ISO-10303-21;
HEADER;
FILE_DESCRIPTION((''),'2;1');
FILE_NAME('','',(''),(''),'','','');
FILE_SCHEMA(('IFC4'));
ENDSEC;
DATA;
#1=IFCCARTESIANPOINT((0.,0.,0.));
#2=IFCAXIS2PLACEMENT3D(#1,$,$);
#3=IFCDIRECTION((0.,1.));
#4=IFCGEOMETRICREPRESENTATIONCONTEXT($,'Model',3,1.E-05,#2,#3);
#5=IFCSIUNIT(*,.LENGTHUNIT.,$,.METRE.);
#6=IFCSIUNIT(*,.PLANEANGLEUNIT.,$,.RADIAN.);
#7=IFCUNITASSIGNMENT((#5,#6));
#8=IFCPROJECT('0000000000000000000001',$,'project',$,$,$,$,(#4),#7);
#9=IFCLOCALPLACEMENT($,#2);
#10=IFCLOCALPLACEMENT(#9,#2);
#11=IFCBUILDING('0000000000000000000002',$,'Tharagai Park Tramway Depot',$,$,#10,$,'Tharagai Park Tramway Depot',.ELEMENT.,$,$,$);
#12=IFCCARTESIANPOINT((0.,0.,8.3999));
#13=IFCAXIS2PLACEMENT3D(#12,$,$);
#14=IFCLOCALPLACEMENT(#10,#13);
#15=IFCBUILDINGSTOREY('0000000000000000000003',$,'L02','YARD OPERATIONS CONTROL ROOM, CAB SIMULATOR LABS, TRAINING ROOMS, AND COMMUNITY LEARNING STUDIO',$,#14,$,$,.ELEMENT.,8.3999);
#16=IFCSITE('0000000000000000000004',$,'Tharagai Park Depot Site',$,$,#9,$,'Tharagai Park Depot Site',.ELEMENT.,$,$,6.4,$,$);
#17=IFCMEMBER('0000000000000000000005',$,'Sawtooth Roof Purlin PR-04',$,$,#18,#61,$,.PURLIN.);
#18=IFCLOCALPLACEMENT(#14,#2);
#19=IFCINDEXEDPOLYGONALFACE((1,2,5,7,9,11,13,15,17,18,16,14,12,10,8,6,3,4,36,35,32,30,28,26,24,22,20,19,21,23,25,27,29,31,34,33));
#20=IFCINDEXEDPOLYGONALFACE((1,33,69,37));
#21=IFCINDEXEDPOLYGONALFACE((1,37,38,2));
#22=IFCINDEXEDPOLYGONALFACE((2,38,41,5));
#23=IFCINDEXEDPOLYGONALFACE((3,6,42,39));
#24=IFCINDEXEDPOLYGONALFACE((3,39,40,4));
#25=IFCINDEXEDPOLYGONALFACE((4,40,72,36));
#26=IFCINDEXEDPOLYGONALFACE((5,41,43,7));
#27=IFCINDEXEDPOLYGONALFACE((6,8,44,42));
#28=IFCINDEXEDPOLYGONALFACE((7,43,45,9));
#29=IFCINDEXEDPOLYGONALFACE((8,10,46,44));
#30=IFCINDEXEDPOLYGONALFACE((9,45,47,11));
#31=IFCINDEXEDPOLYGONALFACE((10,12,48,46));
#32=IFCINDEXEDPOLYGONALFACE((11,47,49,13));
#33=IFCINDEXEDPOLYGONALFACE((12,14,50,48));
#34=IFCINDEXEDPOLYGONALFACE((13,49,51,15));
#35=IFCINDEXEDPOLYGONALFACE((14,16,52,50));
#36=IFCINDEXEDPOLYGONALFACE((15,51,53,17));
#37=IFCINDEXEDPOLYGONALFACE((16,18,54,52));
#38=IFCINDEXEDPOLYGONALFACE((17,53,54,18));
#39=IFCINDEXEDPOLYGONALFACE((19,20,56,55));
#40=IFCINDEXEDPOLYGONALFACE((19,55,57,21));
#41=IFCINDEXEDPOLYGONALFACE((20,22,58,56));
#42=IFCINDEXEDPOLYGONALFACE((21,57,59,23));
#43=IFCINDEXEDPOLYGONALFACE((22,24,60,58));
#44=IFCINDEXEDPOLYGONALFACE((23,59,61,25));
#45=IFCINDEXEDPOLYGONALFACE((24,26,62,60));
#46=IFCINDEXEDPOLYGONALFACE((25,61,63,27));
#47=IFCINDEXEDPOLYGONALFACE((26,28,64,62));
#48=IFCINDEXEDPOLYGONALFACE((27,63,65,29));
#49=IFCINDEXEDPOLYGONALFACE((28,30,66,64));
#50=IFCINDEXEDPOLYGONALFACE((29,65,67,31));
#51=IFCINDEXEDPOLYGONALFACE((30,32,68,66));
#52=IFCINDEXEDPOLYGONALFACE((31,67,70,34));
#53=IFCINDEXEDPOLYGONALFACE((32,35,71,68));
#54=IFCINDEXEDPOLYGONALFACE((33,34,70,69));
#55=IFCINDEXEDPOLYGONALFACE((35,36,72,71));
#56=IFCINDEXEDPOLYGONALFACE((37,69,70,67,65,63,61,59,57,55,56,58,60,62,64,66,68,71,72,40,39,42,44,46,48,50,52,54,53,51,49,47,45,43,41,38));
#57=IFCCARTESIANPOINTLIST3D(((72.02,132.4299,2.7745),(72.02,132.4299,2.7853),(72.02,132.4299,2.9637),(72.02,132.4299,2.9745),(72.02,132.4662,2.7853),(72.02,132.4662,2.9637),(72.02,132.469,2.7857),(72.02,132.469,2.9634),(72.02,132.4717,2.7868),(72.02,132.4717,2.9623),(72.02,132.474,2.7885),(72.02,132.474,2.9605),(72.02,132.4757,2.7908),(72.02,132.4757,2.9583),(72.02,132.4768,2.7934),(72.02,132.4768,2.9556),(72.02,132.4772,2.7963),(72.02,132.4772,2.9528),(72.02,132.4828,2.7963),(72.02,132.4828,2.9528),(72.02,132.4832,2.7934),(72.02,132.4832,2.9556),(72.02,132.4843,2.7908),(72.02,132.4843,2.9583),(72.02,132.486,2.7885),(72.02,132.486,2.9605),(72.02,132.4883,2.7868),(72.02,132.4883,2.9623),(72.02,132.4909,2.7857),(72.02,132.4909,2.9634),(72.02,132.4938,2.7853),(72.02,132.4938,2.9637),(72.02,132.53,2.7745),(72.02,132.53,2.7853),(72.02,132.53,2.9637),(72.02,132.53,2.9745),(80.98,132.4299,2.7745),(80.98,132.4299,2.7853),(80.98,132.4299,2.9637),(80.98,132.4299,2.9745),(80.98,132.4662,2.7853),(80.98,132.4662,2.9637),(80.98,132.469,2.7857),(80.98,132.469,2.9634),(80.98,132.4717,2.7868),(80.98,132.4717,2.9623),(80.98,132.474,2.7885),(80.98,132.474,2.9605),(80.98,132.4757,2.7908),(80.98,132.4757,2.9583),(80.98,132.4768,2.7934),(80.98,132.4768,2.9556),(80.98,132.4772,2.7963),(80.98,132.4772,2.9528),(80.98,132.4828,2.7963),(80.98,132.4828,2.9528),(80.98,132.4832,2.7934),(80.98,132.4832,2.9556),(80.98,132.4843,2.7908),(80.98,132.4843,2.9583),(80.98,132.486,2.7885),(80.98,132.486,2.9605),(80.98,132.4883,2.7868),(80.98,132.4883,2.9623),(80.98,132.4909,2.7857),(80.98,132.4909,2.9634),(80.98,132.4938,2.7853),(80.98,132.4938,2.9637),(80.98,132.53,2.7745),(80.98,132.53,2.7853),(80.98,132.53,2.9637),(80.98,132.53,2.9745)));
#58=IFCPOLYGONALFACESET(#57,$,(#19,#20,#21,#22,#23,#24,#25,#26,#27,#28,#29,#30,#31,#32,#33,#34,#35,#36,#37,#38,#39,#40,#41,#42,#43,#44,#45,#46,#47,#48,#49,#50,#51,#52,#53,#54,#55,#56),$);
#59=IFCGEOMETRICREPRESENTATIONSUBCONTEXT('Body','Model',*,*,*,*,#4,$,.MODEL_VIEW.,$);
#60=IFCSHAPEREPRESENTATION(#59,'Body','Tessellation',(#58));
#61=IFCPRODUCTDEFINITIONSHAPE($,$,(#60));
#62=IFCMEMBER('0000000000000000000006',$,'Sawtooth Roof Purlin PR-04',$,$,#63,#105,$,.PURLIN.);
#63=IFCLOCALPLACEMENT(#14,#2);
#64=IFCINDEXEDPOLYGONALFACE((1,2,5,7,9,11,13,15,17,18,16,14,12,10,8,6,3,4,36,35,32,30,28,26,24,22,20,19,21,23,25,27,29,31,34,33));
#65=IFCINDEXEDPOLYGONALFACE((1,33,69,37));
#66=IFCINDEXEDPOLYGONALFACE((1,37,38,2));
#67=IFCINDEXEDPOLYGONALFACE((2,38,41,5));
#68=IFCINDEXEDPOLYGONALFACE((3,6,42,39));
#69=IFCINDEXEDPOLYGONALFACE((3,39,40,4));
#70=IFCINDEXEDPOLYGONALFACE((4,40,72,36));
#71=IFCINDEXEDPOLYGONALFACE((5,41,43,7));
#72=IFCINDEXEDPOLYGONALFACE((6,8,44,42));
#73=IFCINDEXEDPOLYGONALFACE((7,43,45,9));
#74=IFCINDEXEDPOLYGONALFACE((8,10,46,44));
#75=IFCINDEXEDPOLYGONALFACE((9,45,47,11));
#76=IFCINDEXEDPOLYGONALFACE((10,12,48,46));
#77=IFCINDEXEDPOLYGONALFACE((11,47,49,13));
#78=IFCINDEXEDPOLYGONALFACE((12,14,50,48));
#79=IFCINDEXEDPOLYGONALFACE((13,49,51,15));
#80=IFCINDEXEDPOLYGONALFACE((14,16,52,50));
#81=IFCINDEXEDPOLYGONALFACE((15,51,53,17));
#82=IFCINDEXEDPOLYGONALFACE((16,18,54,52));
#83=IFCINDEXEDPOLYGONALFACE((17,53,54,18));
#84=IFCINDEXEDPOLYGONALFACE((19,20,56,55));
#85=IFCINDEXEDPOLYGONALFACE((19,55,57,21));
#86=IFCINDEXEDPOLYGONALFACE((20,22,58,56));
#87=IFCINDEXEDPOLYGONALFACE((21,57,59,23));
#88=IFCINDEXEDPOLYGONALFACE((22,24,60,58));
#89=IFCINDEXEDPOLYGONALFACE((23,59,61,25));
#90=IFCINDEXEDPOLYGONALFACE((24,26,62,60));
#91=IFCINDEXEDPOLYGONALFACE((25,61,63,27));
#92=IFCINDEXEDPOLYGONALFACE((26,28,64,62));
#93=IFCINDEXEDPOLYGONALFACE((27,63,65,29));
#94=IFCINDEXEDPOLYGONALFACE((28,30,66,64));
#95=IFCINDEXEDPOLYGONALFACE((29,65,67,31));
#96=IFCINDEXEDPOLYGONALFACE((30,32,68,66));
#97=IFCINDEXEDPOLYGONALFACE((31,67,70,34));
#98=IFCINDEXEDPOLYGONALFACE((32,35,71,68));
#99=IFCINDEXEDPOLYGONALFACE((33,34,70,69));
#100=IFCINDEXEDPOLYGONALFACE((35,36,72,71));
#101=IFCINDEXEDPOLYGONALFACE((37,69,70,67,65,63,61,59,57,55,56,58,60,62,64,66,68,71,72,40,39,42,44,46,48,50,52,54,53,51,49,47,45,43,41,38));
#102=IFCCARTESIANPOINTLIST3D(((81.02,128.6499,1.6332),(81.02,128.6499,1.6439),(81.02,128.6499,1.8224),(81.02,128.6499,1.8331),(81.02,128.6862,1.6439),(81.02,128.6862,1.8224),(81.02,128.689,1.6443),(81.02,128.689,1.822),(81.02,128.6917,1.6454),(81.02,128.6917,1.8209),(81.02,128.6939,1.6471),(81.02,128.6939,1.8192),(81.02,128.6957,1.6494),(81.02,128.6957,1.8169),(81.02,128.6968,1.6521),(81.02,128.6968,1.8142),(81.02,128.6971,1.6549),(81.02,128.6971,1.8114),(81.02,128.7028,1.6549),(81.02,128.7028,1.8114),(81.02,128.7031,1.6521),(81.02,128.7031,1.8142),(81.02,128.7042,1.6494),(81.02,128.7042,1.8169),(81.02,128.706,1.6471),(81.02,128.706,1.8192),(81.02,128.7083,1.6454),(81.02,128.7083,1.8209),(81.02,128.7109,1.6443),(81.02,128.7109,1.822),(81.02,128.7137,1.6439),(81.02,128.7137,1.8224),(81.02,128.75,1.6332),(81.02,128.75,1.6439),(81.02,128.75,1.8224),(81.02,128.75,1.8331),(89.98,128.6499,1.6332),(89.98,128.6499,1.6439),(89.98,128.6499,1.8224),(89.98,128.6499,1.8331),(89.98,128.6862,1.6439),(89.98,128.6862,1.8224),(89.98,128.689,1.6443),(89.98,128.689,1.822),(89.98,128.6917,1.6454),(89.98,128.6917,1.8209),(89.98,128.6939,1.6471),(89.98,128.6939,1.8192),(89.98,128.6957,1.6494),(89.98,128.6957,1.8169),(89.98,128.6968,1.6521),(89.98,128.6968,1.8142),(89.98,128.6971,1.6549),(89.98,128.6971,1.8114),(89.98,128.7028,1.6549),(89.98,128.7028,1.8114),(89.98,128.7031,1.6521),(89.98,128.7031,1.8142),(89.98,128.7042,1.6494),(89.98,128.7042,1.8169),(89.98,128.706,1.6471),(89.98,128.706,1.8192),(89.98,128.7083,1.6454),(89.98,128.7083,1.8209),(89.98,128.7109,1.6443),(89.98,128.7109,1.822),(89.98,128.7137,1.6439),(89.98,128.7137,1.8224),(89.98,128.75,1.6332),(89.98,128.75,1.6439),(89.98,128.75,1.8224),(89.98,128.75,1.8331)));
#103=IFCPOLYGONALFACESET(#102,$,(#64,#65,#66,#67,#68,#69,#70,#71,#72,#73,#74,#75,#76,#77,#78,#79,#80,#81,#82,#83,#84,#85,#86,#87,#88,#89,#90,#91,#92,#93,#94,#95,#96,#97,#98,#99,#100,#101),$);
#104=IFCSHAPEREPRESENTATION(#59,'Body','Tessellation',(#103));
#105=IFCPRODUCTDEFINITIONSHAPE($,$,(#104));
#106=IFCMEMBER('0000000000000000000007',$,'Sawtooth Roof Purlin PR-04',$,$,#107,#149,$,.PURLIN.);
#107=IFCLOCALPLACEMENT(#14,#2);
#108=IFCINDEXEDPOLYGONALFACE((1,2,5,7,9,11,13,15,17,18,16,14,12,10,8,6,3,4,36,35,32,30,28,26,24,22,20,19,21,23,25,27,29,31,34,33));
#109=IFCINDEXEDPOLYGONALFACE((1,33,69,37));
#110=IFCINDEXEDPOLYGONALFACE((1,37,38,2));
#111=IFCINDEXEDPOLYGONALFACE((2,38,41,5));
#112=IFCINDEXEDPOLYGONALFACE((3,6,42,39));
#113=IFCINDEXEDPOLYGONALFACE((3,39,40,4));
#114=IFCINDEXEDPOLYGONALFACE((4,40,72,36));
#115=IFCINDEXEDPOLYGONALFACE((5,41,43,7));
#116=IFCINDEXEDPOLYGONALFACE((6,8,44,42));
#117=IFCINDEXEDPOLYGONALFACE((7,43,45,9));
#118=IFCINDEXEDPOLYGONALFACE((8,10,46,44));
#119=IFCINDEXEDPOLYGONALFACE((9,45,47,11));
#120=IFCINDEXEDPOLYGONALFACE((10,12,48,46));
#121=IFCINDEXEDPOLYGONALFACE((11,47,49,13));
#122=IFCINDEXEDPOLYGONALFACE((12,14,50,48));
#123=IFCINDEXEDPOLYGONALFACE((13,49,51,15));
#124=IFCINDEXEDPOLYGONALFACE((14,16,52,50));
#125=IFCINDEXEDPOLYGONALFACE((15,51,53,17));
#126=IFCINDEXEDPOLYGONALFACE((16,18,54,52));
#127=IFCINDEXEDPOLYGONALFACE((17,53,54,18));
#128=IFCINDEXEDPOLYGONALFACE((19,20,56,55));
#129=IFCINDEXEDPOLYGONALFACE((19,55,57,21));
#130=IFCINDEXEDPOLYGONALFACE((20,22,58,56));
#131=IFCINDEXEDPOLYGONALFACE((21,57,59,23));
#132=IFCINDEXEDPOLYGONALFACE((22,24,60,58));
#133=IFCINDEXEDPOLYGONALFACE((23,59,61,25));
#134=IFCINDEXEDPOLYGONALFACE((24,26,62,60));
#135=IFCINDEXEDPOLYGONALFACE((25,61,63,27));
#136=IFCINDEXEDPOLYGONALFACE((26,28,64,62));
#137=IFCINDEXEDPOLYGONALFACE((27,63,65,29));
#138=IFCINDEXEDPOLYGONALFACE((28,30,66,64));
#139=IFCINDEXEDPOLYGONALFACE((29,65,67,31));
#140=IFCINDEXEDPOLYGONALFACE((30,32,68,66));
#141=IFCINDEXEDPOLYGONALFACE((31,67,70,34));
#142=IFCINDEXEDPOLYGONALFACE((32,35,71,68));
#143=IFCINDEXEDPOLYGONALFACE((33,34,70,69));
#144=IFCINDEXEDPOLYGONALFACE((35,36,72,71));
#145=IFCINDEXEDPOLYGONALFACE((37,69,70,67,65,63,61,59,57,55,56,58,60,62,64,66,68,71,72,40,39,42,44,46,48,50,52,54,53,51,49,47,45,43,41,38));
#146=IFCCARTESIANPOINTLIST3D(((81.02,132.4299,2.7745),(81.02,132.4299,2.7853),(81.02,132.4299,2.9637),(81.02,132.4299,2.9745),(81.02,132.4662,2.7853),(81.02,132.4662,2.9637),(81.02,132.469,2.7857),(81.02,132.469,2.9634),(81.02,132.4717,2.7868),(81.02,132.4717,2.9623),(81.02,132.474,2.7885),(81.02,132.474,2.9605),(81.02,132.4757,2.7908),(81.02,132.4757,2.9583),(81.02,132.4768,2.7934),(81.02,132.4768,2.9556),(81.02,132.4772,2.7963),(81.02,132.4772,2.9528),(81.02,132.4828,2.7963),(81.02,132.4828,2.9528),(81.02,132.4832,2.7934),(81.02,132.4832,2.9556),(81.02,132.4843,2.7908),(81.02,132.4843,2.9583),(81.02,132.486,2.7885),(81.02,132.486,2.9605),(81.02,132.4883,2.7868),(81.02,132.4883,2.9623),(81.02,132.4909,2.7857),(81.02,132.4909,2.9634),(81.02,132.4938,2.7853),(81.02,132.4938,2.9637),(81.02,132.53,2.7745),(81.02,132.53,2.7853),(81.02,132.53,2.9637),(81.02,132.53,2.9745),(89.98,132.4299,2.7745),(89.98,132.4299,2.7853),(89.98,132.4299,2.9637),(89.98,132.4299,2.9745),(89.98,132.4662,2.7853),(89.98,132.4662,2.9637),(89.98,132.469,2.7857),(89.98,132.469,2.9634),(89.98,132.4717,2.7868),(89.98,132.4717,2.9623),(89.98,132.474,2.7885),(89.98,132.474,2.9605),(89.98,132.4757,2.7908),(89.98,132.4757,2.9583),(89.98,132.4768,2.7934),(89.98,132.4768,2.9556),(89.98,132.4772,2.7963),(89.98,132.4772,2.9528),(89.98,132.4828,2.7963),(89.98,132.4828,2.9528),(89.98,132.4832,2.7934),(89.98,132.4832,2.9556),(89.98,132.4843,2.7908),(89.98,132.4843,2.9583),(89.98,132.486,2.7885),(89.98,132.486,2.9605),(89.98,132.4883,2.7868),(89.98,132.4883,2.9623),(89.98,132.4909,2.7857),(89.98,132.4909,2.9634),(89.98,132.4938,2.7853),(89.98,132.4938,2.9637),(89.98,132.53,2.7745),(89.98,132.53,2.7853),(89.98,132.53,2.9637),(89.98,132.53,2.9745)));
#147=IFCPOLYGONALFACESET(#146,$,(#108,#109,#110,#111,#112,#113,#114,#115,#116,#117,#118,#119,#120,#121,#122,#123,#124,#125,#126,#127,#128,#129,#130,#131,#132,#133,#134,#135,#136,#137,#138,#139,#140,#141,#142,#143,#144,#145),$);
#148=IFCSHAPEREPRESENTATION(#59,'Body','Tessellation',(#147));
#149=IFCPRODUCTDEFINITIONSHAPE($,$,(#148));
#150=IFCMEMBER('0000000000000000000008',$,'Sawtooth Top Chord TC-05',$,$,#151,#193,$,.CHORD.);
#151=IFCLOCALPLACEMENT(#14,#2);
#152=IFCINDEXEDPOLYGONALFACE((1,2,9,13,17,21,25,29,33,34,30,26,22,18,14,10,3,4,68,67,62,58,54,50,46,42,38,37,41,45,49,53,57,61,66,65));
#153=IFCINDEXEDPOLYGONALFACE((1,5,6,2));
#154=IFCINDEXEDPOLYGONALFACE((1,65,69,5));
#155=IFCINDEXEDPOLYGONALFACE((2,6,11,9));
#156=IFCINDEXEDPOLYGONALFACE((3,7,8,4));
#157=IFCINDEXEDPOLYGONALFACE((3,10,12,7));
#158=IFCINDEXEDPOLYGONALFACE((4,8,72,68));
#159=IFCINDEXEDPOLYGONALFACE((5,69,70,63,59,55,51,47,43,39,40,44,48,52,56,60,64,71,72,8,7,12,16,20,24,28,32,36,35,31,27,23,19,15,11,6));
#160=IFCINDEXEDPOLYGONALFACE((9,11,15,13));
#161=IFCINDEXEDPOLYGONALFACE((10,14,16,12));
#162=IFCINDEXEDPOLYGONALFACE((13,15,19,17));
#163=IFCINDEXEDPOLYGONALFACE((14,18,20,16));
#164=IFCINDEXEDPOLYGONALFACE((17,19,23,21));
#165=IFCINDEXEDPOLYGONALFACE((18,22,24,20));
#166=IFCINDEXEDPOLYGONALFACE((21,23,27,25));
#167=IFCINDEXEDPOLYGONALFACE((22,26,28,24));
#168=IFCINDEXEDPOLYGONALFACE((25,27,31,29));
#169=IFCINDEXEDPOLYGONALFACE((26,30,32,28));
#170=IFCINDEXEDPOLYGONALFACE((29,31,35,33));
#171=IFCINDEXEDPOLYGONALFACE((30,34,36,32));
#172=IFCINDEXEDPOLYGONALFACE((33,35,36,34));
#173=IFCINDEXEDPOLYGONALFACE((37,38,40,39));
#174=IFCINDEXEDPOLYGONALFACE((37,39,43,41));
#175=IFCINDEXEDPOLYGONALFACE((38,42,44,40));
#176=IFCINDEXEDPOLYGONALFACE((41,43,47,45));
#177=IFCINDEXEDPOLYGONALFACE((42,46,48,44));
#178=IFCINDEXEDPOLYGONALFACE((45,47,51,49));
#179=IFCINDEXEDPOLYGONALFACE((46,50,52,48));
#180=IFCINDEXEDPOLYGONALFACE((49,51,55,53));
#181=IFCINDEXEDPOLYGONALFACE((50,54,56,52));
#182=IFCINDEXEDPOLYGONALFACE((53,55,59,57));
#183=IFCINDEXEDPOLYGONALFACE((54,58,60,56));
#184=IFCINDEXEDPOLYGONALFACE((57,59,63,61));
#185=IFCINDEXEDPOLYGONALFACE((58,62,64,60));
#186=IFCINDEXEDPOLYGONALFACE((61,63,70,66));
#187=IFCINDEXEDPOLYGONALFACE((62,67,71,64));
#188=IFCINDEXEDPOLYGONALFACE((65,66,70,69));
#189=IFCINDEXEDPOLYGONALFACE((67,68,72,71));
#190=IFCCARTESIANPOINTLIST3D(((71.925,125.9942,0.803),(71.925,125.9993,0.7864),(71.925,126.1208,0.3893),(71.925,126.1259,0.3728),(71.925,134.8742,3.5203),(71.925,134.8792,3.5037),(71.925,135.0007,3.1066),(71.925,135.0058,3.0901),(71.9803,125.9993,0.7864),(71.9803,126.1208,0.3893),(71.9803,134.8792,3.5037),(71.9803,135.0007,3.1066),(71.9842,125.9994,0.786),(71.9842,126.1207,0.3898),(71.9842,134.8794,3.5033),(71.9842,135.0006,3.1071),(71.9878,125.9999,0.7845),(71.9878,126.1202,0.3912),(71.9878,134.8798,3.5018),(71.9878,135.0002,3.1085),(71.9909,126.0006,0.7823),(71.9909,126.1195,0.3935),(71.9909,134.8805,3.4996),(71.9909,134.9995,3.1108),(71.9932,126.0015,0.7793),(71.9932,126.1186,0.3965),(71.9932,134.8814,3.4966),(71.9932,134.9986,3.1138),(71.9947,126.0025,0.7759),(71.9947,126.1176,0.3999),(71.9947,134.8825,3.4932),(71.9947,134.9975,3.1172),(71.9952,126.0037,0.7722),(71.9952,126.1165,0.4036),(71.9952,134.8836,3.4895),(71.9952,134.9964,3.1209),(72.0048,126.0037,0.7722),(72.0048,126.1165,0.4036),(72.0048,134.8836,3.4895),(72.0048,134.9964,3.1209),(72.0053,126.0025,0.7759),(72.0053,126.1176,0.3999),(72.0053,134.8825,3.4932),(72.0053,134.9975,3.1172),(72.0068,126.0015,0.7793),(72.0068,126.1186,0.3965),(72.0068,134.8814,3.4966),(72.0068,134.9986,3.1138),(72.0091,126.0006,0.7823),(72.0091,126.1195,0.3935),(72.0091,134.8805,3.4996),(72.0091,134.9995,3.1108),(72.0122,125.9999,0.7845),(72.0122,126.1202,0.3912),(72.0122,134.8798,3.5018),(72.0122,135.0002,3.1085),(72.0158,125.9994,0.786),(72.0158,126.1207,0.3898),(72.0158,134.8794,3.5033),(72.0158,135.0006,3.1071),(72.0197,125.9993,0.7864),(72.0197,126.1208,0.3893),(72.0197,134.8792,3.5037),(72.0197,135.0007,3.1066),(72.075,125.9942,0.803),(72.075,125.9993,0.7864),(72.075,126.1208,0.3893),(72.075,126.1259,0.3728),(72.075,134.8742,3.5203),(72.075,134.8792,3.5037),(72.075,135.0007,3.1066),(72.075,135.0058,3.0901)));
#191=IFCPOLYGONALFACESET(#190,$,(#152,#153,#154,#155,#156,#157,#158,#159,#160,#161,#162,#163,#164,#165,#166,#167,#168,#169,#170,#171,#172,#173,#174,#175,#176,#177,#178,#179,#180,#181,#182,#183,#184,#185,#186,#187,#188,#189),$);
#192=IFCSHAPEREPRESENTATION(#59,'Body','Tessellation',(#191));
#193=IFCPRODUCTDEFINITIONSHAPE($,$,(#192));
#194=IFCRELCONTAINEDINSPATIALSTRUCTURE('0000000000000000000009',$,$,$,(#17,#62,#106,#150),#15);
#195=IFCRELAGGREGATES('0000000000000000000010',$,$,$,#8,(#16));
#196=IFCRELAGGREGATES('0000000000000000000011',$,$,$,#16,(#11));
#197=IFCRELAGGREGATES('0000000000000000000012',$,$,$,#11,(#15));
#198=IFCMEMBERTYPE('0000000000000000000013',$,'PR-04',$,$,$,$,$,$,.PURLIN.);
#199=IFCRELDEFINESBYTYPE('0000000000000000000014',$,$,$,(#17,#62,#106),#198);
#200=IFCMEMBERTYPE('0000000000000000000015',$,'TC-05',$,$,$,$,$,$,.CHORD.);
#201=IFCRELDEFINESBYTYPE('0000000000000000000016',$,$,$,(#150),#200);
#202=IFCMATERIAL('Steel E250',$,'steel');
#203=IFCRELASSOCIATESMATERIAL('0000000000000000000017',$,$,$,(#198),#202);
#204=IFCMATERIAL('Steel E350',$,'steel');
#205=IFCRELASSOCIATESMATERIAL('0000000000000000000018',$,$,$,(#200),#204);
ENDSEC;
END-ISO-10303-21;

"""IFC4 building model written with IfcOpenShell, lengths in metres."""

from ifc_helpers import new_model, si_unit, direction, frame, origin, origin_2d, place, context, subcontext, project, spatial, i_section, extrude, material, material_profile, profile_set, type_object, element, save


model = new_model("IFC4")

# Units and contexts
model_context = context("Model", 3, precision=1e-05, world=origin(), true_north=direction((0.0, 1.0)))
body_context = subcontext(model_context, "Body", "Model", "MODEL_VIEW")
ifc_project = project(units=[si_unit("LENGTHUNIT", "METRE"), si_unit("PLANEANGLEUNIT", "RADIAN")], contexts=[model_context])

# Site, building, storey
site_placement = place(None, origin())
site = spatial("IfcSite", under=ifc_project, at=site_placement, Name="Tharagai Park Depot Site", LongName="Tharagai Park Depot Site", CompositionType="ELEMENT", RefElevation=6.4)
building_placement = place(site_placement, origin())
building = spatial("IfcBuilding", under=site, at=building_placement, Name="Tharagai Park Tramway Depot", LongName="Tharagai Park Tramway Depot", CompositionType="ELEMENT")
storey_placement = place(building_placement, frame((0.0, 0.0, 8.3999)))
storey = spatial("IfcBuildingStorey", under=building, at=storey_placement, Name="L02", Description="YARD OPERATIONS CONTROL ROOM, CAB SIMULATOR LABS, TRAINING ROOMS, AND COMMUNITY LEARNING STUDIO", CompositionType="ELEMENT", Elevation=8.3999)

# Shared definitions
ifc_material_1 = material(Name="Steel E350", Category="steel")

# Members
ifc_material_2 = material(Name="Steel E250", Category="steel")
ifc_material_profile_1 = material_profile(ifc_material_2, i_section(OverallWidth=0.1001, OverallDepth=0.2, WebThickness=0.0056, FlangeThickness=0.0107, FilletRadius=0.011, at=origin_2d()), Name="ISMB 200")
ifc_profile_set_1 = profile_set([ifc_material_profile_1], Name="Steel E250")
member_type_1 = type_object("IfcMemberType", Name="PR-04", PredefinedType="PURLIN", material=ifc_profile_set_1)
for number, where, z_axis, x_axis, name in (
    (1, (72.02, 132.48, 2.8745), (1.0, 0.0, 0.0), (0.0, 1.0, 0.0), "Sawtooth Roof Purlin PR-04"),
    (2, (81.02, 128.7, 1.7332), (1.0, 0.0, 0.0), (0.0, 1.0, 0.0), "Sawtooth Roof Purlin PR-04"),
    (3, (81.02, 132.48, 2.8745), (1.0, 0.0, 0.0), (0.0, 1.0, 0.0), "Sawtooth Roof Purlin PR-04"),
):
    element("IfcMember", number, at=place(storey_placement, frame(where, z_axis=z_axis, x_axis=x_axis)), inside=storey, type_object=member_type_1, Name=name, PredefinedType="PURLIN", context=body_context, shape_type="SweptSolid", body=[
        extrude(i_section(OverallWidth=0.1001, OverallDepth=0.2, WebThickness=0.0056, FlangeThickness=0.0107, FilletRadius=0.011, at=origin_2d()), origin(), (0.0, 0.0, 1.0), 8.96),
    ])
ifc_material_profile_2 = material_profile(ifc_material_1, i_section(OverallWidth=0.1499, OverallDepth=0.45, WebThickness=0.0095, FlangeThickness=0.0173, FilletRadius=0.0149, at=origin_2d()), Name="ISMB 450")
ifc_profile_set_2 = profile_set([ifc_material_profile_2], Name="Steel E350")
member_type_2 = type_object("IfcMemberType", Name="TC-05", PredefinedType="CHORD", material=ifc_profile_set_2)
for number, where, z_axis, x_axis, name in (
    (4, (72.0, 126.0601, 0.5879), (0.0, 0.956231, 0.292611), (-1.0, 0.0, 0.0), "Sawtooth Top Chord TC-05"),
):
    element("IfcMember", number, at=place(storey_placement, frame(where, z_axis=z_axis, x_axis=x_axis)), inside=storey, type_object=member_type_2, Name=name, PredefinedType="CHORD", context=body_context, shape_type="SweptSolid", body=[
        extrude(i_section(OverallWidth=0.1499, OverallDepth=0.45, WebThickness=0.0095, FlangeThickness=0.0173, FilletRadius=0.0149, at=origin_2d()), origin(), (0.0, 0.0, 1.0), 9.2864),
    ])

save(model, "model.ifc")
